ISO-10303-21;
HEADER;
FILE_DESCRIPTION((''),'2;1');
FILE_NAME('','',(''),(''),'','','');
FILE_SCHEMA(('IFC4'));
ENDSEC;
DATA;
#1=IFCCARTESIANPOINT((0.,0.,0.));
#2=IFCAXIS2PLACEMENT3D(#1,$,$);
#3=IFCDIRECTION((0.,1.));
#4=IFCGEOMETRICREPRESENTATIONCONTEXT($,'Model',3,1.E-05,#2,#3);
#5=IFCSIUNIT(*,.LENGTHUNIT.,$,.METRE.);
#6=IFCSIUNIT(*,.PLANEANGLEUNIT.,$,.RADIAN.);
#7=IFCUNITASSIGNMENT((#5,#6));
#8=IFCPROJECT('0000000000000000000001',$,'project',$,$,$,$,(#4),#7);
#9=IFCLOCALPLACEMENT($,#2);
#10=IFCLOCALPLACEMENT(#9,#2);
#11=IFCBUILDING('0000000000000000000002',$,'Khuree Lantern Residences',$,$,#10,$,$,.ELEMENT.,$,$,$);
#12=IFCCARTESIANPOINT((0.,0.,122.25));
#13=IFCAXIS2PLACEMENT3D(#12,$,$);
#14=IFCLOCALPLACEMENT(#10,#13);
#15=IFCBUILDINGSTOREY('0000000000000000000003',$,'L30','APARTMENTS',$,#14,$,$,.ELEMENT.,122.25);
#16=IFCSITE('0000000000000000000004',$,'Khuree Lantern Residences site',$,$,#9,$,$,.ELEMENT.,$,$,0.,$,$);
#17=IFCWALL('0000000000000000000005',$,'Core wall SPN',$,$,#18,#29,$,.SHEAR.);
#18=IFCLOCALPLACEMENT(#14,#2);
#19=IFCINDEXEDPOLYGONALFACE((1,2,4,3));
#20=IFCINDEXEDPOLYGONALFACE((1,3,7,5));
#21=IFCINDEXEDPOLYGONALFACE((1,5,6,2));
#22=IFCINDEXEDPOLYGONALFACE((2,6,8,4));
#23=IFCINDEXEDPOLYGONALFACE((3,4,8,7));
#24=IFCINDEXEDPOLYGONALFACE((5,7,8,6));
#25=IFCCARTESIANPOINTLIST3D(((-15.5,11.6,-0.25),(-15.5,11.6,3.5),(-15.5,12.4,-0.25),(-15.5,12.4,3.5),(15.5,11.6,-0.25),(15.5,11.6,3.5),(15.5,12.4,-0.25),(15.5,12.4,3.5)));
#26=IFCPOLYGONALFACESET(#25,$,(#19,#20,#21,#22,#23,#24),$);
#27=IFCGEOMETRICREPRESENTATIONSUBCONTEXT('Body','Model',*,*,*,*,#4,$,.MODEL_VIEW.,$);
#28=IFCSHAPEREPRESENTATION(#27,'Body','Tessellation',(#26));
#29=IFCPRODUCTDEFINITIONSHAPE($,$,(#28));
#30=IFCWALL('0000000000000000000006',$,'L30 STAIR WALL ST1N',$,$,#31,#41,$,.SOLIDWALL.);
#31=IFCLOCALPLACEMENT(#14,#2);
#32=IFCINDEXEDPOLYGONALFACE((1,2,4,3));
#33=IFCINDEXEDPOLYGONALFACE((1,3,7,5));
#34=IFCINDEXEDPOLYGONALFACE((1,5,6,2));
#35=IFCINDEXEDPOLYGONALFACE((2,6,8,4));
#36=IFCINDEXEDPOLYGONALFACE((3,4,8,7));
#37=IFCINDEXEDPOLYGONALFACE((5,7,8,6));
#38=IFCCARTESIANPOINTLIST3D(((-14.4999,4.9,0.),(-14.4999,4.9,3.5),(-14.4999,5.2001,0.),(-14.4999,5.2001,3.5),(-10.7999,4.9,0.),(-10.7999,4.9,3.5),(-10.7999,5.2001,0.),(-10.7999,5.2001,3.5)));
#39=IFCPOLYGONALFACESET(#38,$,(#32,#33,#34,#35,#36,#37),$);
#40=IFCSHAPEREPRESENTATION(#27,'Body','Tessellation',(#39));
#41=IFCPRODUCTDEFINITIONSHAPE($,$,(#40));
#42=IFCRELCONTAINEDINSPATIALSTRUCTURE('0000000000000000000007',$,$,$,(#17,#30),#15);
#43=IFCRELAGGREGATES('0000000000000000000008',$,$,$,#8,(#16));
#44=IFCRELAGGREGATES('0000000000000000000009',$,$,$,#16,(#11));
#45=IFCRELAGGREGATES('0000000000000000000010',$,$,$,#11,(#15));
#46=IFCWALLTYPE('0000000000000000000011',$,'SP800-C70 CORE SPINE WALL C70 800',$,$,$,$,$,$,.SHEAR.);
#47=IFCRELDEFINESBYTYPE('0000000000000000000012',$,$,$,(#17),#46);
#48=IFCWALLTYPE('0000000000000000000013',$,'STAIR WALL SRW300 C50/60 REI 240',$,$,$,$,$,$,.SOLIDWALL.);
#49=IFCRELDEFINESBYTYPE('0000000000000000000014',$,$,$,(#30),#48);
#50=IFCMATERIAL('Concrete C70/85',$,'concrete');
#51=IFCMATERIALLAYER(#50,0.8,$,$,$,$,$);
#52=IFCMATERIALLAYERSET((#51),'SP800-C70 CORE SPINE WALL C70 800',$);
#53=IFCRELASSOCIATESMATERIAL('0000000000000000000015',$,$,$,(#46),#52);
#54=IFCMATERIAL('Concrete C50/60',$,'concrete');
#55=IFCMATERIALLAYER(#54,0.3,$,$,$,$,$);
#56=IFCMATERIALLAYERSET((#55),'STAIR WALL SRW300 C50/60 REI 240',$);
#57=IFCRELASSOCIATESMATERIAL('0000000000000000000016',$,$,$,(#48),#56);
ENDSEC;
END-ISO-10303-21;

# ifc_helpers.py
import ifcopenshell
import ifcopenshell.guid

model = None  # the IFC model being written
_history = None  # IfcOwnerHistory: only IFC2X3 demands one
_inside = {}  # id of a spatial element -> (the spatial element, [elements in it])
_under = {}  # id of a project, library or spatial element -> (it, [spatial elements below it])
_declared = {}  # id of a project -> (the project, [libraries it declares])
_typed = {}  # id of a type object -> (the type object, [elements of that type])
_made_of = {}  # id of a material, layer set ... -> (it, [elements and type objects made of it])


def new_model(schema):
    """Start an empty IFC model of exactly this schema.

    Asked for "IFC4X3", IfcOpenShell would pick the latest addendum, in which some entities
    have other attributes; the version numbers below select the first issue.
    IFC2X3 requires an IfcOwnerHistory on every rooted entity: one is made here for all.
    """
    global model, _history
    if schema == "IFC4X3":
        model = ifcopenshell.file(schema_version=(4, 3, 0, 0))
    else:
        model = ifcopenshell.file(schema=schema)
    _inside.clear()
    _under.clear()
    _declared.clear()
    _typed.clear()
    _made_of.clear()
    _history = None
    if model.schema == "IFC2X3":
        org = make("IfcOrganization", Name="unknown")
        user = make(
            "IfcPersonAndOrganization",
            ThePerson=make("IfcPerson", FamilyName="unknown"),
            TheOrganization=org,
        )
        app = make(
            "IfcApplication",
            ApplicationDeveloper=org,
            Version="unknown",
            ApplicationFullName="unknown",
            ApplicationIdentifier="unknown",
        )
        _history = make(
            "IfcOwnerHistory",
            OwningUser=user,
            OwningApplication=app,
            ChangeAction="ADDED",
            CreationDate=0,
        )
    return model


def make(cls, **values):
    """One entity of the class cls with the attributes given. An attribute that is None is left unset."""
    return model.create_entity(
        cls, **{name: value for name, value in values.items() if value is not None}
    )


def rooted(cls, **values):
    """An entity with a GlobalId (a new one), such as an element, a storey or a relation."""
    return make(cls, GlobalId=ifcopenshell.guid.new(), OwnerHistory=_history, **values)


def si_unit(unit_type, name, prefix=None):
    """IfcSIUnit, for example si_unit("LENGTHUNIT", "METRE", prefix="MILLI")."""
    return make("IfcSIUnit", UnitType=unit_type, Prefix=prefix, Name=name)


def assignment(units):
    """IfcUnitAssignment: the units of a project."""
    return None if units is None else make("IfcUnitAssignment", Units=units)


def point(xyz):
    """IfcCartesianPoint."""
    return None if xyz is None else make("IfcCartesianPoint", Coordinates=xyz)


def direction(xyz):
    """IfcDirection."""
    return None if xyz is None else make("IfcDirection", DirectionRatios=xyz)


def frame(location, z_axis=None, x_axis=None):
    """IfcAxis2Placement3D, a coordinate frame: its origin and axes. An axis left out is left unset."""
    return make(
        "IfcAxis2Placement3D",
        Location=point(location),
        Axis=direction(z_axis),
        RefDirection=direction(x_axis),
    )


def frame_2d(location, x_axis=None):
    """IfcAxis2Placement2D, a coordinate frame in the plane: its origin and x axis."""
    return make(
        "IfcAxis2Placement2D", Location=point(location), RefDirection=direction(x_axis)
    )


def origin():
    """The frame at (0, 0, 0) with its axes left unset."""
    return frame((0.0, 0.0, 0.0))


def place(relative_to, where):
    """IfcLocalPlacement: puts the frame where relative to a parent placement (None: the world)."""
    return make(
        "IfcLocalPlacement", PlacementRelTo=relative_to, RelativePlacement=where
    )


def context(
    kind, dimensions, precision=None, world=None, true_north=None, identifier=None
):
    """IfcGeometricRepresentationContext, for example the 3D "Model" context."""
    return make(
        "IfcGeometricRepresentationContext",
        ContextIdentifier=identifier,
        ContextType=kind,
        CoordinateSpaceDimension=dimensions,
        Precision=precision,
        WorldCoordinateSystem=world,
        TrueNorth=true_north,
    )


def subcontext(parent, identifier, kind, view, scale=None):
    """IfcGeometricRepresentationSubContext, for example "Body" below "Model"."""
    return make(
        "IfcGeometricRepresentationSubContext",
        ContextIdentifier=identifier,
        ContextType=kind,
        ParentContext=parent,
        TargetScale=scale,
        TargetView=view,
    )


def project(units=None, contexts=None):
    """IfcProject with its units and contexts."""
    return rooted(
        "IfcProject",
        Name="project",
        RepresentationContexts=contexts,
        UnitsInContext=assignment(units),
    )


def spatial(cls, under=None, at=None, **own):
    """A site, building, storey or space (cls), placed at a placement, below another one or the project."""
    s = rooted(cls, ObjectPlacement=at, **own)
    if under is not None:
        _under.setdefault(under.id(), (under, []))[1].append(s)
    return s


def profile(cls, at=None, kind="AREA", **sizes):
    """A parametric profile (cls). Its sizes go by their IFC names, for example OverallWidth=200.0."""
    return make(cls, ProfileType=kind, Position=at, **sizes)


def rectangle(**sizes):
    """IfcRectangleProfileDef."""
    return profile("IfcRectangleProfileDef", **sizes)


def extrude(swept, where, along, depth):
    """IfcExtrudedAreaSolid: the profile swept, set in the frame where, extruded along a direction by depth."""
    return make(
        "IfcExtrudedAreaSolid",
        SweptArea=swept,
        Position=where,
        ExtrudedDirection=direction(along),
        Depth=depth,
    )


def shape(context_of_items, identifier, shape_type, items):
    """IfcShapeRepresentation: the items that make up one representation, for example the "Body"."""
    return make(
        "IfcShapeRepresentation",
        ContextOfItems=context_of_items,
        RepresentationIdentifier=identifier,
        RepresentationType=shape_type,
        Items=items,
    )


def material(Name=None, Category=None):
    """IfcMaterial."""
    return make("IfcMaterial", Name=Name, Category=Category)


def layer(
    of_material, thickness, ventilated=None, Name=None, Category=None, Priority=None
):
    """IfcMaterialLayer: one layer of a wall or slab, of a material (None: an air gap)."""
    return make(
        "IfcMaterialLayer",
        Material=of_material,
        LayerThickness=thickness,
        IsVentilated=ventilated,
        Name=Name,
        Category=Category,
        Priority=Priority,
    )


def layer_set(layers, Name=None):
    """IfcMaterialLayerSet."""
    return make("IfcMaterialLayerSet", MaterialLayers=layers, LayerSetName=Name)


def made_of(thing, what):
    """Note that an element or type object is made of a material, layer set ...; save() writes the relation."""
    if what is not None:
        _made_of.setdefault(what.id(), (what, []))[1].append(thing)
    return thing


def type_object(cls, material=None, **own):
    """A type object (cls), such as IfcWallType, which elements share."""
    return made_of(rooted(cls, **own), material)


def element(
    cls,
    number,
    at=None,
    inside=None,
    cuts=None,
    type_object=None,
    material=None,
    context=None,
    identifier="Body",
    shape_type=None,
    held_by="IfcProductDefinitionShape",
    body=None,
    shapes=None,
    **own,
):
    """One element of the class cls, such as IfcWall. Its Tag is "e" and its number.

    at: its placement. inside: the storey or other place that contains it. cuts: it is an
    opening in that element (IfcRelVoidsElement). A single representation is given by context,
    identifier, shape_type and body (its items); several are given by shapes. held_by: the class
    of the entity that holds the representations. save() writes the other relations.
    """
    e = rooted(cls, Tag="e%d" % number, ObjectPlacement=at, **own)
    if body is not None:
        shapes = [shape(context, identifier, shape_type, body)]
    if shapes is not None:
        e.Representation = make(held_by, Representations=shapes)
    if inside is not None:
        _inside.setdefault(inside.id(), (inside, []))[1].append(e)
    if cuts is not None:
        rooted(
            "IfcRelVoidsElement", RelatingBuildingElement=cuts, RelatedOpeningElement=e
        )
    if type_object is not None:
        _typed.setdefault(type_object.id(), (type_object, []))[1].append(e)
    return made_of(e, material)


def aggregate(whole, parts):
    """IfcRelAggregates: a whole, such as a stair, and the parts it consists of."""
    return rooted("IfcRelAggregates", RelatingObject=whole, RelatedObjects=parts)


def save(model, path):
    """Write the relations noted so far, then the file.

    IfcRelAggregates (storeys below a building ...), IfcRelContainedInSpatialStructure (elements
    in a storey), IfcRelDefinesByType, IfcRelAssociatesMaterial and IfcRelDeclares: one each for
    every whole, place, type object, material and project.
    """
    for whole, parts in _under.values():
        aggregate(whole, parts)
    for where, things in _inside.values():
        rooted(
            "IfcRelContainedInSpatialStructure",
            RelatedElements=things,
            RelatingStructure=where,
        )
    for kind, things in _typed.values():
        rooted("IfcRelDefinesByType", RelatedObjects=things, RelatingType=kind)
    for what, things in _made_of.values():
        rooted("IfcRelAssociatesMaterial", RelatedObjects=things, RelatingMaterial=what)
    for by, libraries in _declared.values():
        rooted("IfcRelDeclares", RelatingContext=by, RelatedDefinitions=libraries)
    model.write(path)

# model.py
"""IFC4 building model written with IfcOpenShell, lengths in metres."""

from ifc_helpers import new_model, si_unit, direction, frame, frame_2d, origin, place, context, subcontext, project, spatial, rectangle, extrude, material, layer, layer_set, type_object, element, save


model = new_model("IFC4")

# Units and contexts
model_context = context("Model", 3, precision=1e-05, world=origin(), true_north=direction((0.0, 1.0)))
body_context = subcontext(model_context, "Body", "Model", "MODEL_VIEW")
ifc_project = project(units=[si_unit("LENGTHUNIT", "METRE"), si_unit("PLANEANGLEUNIT", "RADIAN")], contexts=[model_context])

# Site, building, storey
site_placement = place(None, origin())
site = spatial("IfcSite", under=ifc_project, at=site_placement, Name="Khuree Lantern Residences site", CompositionType="ELEMENT", RefElevation=0.0)
building_placement = place(site_placement, origin())
building = spatial("IfcBuilding", under=site, at=building_placement, Name="Khuree Lantern Residences", CompositionType="ELEMENT")
storey_placement = place(building_placement, frame((0.0, 0.0, 122.25)))
storey = spatial("IfcBuildingStorey", under=building, at=storey_placement, Name="L30", Description="APARTMENTS", CompositionType="ELEMENT", Elevation=122.25)

# Shared definitions
ifc_material_1 = material(Name="Concrete C70/85", Category="concrete")

# Walls
ifc_layer_1 = layer(ifc_material_1, 0.8)
ifc_layer_set_1 = layer_set([ifc_layer_1], Name="SP800-C70 CORE SPINE WALL C70 800")
wall_type_1 = type_object("IfcWallType", Name="SP800-C70 CORE SPINE WALL C70 800", PredefinedType="SHEAR", material=ifc_layer_set_1)
wall_1_placement = place(storey_placement, frame((-15.5, 12.0, -0.25), z_axis=(0.0, 0.0, 1.0), x_axis=(1.0, 0.0, 0.0)))
element("IfcWall", 1, at=wall_1_placement, inside=storey, type_object=wall_type_1, Name="Core wall SPN", PredefinedType="SHEAR", context=body_context, shape_type="SweptSolid", body=[
    extrude(rectangle(XDim=31.0, YDim=0.8, at=frame_2d((15.5, 0.0))), origin(), (0.0, 0.0, 1.0), 3.75),
])
ifc_material_2 = material(Name="Concrete C50/60", Category="concrete")
ifc_layer_2 = layer(ifc_material_2, 0.3)
ifc_layer_set_2 = layer_set([ifc_layer_2], Name="STAIR WALL SRW300 C50/60 REI 240")
wall_type_2 = type_object("IfcWallType", Name="STAIR WALL SRW300 C50/60 REI 240", PredefinedType="SOLIDWALL", material=ifc_layer_set_2)
wall_2_placement = place(storey_placement, frame((-14.5, 5.05, 0.0), z_axis=(0.0, 0.0, 1.0), x_axis=(1.0, 0.0, 0.0)))
element("IfcWall", 2, at=wall_2_placement, inside=storey, type_object=wall_type_2, Name="L30 STAIR WALL ST1N", PredefinedType="SOLIDWALL", context=body_context, shape_type="SweptSolid", body=[
    extrude(rectangle(XDim=3.7, YDim=0.3, at=frame_2d((1.8501, 0.0))), origin(), (0.0, 0.0, 1.0), 3.5),
])

save(model, "model.ifc")
